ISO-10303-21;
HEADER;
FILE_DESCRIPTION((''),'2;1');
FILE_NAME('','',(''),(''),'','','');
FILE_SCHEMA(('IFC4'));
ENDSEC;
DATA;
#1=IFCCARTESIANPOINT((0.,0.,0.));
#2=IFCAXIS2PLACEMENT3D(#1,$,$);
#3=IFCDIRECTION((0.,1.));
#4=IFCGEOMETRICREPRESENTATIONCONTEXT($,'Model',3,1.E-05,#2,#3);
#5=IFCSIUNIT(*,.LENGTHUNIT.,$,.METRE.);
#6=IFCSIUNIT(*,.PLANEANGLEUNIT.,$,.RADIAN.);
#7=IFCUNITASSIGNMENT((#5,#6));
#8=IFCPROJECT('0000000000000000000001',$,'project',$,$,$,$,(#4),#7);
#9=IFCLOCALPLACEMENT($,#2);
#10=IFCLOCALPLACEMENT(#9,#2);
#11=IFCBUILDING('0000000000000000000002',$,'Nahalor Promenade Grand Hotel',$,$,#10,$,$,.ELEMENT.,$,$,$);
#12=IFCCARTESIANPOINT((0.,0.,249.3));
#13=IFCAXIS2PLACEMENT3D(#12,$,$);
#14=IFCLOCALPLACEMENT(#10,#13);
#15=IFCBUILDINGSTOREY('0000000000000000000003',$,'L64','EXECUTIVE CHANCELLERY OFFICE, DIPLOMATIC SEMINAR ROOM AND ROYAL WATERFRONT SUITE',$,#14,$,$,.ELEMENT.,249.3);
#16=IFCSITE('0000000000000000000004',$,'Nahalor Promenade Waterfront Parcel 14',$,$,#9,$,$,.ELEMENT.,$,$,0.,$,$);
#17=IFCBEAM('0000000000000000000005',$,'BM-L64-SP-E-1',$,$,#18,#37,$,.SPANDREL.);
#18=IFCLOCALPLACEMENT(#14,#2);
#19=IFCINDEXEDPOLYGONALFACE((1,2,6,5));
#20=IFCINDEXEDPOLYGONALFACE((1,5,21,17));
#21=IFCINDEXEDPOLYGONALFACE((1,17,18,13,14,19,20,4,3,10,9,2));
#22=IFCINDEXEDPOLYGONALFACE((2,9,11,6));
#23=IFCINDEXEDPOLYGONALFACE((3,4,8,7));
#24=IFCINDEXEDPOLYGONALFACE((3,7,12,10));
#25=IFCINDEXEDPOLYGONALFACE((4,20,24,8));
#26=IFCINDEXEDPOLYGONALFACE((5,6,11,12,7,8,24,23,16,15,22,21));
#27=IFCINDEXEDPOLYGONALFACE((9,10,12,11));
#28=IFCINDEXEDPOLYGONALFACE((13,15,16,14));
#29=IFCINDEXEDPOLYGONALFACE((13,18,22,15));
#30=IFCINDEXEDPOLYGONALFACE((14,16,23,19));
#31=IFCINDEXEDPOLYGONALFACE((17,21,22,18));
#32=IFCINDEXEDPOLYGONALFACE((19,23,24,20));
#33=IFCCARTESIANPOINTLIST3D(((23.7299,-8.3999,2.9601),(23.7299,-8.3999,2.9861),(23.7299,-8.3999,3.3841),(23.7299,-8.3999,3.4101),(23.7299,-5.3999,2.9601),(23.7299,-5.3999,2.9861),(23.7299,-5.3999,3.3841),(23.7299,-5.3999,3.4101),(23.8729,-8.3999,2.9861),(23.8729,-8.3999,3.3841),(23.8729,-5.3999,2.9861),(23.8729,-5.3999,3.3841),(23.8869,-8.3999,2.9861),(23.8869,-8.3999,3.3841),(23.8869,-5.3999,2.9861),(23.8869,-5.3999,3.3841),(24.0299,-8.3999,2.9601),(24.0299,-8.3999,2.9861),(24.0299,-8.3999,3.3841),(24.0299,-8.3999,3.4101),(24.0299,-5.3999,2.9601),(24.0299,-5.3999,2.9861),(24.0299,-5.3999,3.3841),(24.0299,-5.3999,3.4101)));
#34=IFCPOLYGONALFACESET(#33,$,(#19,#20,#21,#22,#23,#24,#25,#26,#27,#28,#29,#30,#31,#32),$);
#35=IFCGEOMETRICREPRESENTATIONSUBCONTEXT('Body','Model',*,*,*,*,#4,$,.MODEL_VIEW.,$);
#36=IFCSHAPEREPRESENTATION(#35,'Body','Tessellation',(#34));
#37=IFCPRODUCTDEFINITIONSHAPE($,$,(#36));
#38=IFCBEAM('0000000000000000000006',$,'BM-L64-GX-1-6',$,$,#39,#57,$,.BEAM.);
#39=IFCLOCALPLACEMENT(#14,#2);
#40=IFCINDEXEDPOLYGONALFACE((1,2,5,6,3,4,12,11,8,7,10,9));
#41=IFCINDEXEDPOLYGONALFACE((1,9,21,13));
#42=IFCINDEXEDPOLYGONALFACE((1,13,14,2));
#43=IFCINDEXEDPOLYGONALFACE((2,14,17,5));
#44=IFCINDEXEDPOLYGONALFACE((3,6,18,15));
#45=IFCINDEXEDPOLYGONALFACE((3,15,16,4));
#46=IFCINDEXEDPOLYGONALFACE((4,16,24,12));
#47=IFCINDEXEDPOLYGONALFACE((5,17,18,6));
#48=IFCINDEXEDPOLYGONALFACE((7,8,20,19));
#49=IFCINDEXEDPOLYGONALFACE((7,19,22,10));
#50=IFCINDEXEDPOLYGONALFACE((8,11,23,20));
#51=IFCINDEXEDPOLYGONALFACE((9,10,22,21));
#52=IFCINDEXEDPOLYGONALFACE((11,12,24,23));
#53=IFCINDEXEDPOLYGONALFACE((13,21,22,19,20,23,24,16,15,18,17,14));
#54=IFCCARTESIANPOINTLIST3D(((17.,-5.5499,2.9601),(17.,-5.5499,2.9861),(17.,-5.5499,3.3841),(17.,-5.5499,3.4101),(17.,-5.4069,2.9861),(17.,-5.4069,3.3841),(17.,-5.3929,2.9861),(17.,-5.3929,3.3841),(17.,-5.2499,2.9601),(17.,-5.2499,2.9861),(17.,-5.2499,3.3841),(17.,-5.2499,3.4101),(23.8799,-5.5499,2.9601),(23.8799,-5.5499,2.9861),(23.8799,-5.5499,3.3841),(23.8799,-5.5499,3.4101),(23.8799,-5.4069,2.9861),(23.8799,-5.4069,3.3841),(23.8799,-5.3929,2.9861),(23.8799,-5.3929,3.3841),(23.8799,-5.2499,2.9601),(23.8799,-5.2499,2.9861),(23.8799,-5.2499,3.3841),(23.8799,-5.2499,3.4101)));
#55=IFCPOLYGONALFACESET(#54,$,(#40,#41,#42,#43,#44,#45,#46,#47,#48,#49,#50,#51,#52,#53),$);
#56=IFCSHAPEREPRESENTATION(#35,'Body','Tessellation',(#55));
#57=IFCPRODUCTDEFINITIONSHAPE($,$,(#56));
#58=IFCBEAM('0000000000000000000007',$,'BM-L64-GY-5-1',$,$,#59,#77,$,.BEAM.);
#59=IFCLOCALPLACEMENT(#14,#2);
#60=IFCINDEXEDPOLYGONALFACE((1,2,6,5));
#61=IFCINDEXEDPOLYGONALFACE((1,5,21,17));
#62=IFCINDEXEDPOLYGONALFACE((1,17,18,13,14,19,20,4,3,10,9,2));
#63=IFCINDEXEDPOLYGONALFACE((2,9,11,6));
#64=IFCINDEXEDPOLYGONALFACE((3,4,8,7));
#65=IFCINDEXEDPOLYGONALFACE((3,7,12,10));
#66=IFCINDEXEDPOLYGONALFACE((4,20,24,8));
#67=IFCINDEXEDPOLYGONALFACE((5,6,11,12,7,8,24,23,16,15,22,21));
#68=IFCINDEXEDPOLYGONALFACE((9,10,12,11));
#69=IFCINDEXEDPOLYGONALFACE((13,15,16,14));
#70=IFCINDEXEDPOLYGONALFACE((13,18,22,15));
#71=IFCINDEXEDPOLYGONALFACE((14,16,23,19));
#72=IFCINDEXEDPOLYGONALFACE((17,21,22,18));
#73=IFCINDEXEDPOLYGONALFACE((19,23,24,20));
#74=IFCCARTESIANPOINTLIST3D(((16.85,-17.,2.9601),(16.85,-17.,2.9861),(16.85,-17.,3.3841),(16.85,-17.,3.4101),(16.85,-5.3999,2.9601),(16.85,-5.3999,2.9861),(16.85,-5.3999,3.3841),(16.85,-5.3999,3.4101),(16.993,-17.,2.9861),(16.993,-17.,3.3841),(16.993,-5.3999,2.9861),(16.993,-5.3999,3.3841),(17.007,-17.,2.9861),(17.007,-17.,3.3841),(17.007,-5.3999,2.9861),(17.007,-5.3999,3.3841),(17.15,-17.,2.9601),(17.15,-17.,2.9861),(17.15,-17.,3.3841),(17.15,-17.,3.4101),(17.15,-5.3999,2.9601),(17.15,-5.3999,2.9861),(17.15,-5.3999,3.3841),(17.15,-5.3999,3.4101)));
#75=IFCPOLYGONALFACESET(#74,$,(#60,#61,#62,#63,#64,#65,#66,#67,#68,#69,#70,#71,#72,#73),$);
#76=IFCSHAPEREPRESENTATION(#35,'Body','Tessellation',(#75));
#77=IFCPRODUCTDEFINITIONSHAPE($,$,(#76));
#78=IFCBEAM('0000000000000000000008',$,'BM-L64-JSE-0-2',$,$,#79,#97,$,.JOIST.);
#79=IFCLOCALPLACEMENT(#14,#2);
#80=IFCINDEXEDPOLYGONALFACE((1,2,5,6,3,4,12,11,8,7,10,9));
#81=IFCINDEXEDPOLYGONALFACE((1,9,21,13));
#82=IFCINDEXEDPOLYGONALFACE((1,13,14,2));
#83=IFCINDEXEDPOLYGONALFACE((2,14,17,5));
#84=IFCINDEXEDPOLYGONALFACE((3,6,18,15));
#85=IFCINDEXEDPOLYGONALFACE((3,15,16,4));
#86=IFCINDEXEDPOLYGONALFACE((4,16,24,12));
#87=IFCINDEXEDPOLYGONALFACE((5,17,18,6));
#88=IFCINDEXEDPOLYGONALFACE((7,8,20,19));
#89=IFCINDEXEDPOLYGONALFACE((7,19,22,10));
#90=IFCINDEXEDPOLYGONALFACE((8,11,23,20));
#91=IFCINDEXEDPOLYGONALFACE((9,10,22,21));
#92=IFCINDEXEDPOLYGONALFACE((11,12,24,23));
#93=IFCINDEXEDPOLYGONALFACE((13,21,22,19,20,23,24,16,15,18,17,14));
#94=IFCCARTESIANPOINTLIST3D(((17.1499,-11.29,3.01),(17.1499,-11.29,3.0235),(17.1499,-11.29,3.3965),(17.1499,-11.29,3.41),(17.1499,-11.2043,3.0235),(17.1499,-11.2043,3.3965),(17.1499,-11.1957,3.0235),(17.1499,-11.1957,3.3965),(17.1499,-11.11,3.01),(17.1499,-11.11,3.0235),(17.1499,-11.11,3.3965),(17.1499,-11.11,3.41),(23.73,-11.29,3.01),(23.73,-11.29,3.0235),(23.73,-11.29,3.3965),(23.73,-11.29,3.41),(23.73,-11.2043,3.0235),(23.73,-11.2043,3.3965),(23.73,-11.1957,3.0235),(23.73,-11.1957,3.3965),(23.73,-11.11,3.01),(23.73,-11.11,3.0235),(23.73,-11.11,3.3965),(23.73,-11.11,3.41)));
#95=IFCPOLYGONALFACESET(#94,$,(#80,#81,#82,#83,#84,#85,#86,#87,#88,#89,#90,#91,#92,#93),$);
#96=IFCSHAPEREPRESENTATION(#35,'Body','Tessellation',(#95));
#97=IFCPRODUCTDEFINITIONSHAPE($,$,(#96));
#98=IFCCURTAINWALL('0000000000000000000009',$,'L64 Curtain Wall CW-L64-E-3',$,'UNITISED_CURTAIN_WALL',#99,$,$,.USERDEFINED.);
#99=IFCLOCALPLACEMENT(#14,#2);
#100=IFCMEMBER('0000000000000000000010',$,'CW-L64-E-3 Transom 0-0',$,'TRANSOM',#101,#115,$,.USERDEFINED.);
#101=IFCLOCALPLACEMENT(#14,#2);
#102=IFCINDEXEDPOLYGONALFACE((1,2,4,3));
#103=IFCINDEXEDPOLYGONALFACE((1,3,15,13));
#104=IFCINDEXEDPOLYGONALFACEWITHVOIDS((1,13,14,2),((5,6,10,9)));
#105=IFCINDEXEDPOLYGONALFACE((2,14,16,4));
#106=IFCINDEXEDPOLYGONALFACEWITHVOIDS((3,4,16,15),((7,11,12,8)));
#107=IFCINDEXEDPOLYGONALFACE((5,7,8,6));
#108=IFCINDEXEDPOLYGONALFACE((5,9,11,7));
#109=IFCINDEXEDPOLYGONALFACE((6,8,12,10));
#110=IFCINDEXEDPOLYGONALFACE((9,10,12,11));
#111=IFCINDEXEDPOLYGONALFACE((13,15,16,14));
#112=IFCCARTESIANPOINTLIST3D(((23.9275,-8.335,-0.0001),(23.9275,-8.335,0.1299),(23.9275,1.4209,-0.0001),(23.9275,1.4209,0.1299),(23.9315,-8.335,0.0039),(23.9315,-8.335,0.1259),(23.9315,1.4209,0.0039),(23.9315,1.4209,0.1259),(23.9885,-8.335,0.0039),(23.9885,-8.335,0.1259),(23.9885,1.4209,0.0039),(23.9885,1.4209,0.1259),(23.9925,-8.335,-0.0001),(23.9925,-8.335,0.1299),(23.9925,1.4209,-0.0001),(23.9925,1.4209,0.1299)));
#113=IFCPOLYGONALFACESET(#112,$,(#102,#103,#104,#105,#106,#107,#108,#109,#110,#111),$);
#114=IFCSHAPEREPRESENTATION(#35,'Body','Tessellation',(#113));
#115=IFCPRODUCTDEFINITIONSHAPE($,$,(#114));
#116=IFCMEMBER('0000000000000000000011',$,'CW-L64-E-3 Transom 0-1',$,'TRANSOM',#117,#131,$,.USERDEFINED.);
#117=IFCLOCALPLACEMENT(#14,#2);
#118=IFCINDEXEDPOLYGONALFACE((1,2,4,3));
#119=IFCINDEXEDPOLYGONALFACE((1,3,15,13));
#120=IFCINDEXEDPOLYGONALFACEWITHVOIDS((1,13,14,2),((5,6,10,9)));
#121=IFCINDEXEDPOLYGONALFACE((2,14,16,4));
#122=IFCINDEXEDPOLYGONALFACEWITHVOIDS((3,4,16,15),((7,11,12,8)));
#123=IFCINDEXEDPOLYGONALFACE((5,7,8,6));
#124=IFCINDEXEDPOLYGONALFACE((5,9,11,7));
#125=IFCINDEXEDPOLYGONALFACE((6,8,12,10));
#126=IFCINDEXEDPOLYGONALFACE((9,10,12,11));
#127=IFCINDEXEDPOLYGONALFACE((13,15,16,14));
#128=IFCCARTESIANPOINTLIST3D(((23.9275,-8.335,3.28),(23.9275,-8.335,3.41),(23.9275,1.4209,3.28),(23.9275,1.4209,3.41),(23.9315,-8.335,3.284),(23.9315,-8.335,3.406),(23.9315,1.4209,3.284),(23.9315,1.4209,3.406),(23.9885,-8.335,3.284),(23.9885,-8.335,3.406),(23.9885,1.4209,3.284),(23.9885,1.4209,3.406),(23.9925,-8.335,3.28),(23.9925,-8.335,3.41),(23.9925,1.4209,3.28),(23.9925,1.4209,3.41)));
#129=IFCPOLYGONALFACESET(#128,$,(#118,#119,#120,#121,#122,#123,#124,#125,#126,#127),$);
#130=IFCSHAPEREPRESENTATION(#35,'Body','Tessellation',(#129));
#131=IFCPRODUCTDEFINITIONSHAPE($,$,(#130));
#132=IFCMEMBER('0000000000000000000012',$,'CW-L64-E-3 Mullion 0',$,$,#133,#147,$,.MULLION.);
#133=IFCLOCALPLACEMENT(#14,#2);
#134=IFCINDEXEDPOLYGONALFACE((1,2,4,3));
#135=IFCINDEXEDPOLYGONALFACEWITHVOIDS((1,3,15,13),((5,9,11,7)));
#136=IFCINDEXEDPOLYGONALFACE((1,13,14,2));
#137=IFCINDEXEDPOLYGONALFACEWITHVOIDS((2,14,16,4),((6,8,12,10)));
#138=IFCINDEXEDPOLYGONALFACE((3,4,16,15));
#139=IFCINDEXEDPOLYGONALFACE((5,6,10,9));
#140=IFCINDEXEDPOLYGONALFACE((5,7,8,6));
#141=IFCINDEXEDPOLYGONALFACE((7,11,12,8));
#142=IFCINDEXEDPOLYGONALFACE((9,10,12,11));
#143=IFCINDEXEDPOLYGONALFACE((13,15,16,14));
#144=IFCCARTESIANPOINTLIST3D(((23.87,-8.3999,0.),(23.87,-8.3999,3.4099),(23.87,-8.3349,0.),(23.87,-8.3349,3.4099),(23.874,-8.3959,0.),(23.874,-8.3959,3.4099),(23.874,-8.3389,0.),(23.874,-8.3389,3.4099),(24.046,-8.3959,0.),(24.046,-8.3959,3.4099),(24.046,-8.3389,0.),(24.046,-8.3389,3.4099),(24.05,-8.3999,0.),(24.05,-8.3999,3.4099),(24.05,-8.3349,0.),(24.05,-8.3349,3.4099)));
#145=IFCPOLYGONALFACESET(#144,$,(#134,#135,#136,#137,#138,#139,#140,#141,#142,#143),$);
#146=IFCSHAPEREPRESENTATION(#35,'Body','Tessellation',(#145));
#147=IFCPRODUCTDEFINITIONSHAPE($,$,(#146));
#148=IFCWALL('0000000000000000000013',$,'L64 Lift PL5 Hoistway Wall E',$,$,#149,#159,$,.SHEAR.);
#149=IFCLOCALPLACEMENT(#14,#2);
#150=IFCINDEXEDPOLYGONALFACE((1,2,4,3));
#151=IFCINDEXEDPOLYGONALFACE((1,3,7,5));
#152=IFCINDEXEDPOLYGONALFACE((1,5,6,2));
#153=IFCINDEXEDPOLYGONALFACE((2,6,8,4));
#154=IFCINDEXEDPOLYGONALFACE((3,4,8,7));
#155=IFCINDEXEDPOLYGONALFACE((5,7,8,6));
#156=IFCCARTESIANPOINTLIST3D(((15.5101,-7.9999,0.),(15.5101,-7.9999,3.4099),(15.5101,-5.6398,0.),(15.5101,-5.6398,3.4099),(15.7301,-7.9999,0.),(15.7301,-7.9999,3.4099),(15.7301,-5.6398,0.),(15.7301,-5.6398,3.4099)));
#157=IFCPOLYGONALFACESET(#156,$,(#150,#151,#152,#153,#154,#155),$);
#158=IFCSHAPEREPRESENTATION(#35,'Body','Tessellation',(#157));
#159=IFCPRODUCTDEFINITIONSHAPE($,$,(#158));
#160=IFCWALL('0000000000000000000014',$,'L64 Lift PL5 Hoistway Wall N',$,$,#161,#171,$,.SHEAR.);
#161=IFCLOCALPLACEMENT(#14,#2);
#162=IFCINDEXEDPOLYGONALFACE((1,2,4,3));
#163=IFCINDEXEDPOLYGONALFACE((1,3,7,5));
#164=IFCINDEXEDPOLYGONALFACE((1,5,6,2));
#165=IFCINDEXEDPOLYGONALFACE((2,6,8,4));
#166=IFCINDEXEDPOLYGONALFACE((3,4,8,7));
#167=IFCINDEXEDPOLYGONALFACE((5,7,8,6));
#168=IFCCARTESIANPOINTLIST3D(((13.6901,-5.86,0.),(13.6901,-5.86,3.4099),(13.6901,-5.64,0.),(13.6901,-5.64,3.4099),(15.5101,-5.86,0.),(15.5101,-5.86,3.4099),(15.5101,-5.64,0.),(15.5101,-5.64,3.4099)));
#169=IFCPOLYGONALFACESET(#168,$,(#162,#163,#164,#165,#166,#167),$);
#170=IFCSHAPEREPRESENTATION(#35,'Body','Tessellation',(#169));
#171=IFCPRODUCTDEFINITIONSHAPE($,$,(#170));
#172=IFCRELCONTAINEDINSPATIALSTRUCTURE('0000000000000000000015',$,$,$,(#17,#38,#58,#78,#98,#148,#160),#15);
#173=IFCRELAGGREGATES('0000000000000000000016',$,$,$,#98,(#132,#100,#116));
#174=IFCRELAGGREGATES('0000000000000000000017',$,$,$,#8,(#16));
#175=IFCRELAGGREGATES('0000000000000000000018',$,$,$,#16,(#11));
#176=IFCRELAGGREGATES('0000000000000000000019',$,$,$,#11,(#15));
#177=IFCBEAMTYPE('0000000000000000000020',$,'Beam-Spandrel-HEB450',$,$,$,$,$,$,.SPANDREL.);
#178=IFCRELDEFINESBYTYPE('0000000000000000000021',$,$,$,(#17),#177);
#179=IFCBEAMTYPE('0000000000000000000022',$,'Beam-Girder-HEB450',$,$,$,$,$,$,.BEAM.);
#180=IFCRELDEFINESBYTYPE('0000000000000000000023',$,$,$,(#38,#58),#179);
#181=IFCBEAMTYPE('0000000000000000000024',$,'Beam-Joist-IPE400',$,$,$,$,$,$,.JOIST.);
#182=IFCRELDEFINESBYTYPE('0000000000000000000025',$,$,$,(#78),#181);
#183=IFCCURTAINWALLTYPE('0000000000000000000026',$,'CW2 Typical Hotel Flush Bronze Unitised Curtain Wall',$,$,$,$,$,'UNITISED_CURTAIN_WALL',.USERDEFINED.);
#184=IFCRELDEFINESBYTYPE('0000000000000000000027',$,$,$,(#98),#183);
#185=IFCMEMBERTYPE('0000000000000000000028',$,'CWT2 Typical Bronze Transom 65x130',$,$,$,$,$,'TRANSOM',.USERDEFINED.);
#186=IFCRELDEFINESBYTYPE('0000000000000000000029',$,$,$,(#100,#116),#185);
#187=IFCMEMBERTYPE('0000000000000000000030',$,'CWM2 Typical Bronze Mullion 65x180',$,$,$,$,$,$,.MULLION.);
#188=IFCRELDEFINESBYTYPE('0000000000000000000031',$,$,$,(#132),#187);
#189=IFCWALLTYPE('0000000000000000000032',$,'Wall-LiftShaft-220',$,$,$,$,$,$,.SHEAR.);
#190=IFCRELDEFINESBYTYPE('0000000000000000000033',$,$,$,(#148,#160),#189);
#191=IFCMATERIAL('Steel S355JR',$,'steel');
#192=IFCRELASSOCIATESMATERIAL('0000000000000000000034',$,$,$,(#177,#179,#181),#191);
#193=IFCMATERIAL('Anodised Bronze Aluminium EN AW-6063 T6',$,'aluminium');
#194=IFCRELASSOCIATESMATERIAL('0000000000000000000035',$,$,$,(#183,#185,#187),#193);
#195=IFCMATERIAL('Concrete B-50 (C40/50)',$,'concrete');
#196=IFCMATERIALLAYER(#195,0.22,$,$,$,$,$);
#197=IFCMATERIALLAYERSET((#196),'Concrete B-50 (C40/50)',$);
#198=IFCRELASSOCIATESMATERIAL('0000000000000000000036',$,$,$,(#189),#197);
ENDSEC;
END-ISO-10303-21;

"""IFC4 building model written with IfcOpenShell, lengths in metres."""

from ifc_helpers import new_model, si_unit, direction, frame, frame_2d, origin, origin_2d, place, context, subcontext, project, spatial, rectangle, hollow_rectangle, i_section, extrude, source, transform, mapped, material, layer, layer_set, material_profile, profile_set, type_object, element, aggregate, save


model = new_model("IFC4")

# Units and contexts
model_context = context("Model", 3, precision=1e-05, world=origin(), true_north=direction((0.0, 1.0)))
body_context = subcontext(model_context, "Body", "Model", "MODEL_VIEW")
ifc_project = project(units=[si_unit("LENGTHUNIT", "METRE"), si_unit("PLANEANGLEUNIT", "RADIAN")], contexts=[model_context])

# Site, building, storey
site_placement = place(None, origin())
site = spatial("IfcSite", under=ifc_project, at=site_placement, Name="Nahalor Promenade Waterfront Parcel 14", CompositionType="ELEMENT", RefElevation=0.0)
building_placement = place(site_placement, origin())
building = spatial("IfcBuilding", under=site, at=building_placement, Name="Nahalor Promenade Grand Hotel", CompositionType="ELEMENT")
storey_placement = place(building_placement, frame((0.0, 0.0, 249.3)))
storey = spatial("IfcBuildingStorey", under=building, at=storey_placement, Name="L64", Description="EXECUTIVE CHANCELLERY OFFICE, DIPLOMATIC SEMINAR ROOM AND ROYAL WATERFRONT SUITE", CompositionType="ELEMENT", Elevation=249.3)

# Shared definitions
ifc_material_1 = material(Name="Steel S355JR", Category="steel")

# Beams
ifc_material_profile_1 = material_profile(ifc_material_1, i_section(OverallWidth=0.3, OverallDepth=0.45, WebThickness=0.014, FlangeThickness=0.026, at=origin_2d()), Name="HEB 450")
ifc_profile_set_1 = profile_set([ifc_material_profile_1], Name="Steel S355JR")
beam_type_1 = type_object("IfcBeamType", Name="Beam-Spandrel-HEB450", PredefinedType="SPANDREL", material=ifc_profile_set_1)
shared_shape_1 = source(origin(), body_context, "Body", "SweptSolid", [
    extrude(i_section(OverallWidth=0.3, OverallDepth=0.45, WebThickness=0.014, FlangeThickness=0.026, at=origin_2d()), origin(), (0.0, 0.0, 1.0), 3.0),
])
beam_1_placement = place(storey_placement, frame((23.8799, -8.3999, 3.1851), z_axis=(0.0, 1.0, 0.0), x_axis=(-1.0, 0.0, 0.0)))
element("IfcBeam", 1, at=beam_1_placement, inside=storey, type_object=beam_type_1, Name="BM-L64-SP-E-1", PredefinedType="SPANDREL", context=body_context, shape_type="MappedRepresentation", body=[
    mapped(shared_shape_1, transform((0.0, 0.0, 0.0), scale=1.0)),
])
ifc_material_profile_2 = material_profile(ifc_material_1, i_section(OverallWidth=0.3, OverallDepth=0.45, WebThickness=0.014, FlangeThickness=0.026, at=origin_2d()), Name="HEB 450")
ifc_profile_set_2 = profile_set([ifc_material_profile_2], Name="Steel S355JR")
beam_type_2 = type_object("IfcBeamType", Name="Beam-Girder-HEB450", PredefinedType="BEAM", material=ifc_profile_set_2)
shared_shape_2 = source(origin(), body_context, "Body", "SweptSolid", [
    extrude(i_section(OverallWidth=0.3, OverallDepth=0.45, WebThickness=0.014, FlangeThickness=0.026, at=origin_2d()), origin(), (0.0, 0.0, 1.0), 6.8799),
])
beam_2_placement = place(storey_placement, frame((17.0, -5.3999, 3.1851), z_axis=(1.0, 0.0, 0.0), x_axis=(0.0, 1.0, 0.0)))
element("IfcBeam", 2, at=beam_2_placement, inside=storey, type_object=beam_type_2, Name="BM-L64-GX-1-6", PredefinedType="BEAM", context=body_context, shape_type="MappedRepresentation", body=[
    mapped(shared_shape_2, transform((0.0, 0.0, 0.0), scale=1.0)),
])
shared_shape_3 = source(origin(), body_context, "Body", "SweptSolid", [
    extrude(i_section(OverallWidth=0.3, OverallDepth=0.45, WebThickness=0.014, FlangeThickness=0.026, at=origin_2d()), origin(), (0.0, 0.0, 1.0), 11.6001),
])
beam_3_placement = place(storey_placement, frame((17.0, -17.0, 3.1851), z_axis=(0.0, 1.0, 0.0), x_axis=(-1.0, 0.0, 0.0)))
element("IfcBeam", 3, at=beam_3_placement, inside=storey, type_object=beam_type_2, Name="BM-L64-GY-5-1", PredefinedType="BEAM", context=body_context, shape_type="MappedRepresentation", body=[
    mapped(shared_shape_3, transform((0.0, 0.0, 0.0), scale=1.0)),
])
ifc_material_profile_3 = material_profile(ifc_material_1, i_section(OverallWidth=0.18, OverallDepth=0.4, WebThickness=0.0086, FlangeThickness=0.0135, at=origin_2d()), Name="IPE 400")
ifc_profile_set_3 = profile_set([ifc_material_profile_3], Name="Steel S355JR")
beam_type_3 = type_object("IfcBeamType", Name="Beam-Joist-IPE400", PredefinedType="JOIST", material=ifc_profile_set_3)
shared_shape_4 = source(origin(), body_context, "Body", "SweptSolid", [
    extrude(i_section(OverallWidth=0.18, OverallDepth=0.4, WebThickness=0.0086, FlangeThickness=0.0135, at=origin_2d()), origin(), (0.0, 0.0, 1.0), 6.5801),
])
beam_4_placement = place(storey_placement, frame((17.1499, -11.2, 3.21), z_axis=(1.0, 0.0, 0.0), x_axis=(0.0, 1.0, 0.0)))
element("IfcBeam", 4, at=beam_4_placement, inside=storey, type_object=beam_type_3, Name="BM-L64-JSE-0-2", PredefinedType="JOIST", context=body_context, shape_type="MappedRepresentation", body=[
    mapped(shared_shape_4, transform((0.0, 0.0, 0.0), scale=1.0)),
])

# Curtain wall, members
ifc_material_2 = material(Name="Anodised Bronze Aluminium EN AW-6063 T6", Category="aluminium")
curtain_wall_type = type_object("IfcCurtainWallType", Name="CW2 Typical Hotel Flush Bronze Unitised Curtain Wall", ElementType="UNITISED_CURTAIN_WALL", PredefinedType="USERDEFINED", material=ifc_material_2)
curtain_wall_placement = place(storey_placement, origin())
curtain_wall = element("IfcCurtainWall", 5, at=curtain_wall_placement, inside=storey, type_object=curtain_wall_type, Name="L64 Curtain Wall CW-L64-E-3", ObjectType="UNITISED_CURTAIN_WALL", PredefinedType="USERDEFINED")
ifc_material_profile_4 = material_profile(ifc_material_2, hollow_rectangle(XDim=0.065, YDim=0.13, WallThickness=0.004, at=origin_2d()), Name="CWT 65x130x4")
ifc_profile_set_4 = profile_set([ifc_material_profile_4], Name="Anodised Bronze Aluminium EN AW-6063 T6")
member_type_1 = type_object("IfcMemberType", Name="CWT2 Typical Bronze Transom 65x130", ElementType="TRANSOM", PredefinedType="USERDEFINED", material=ifc_profile_set_4)
shared_shape_5 = source(origin(), body_context, "Body", "SweptSolid", [
    extrude(hollow_rectangle(XDim=0.065, YDim=0.13, WallThickness=0.004, at=origin_2d()), origin(), (0.0, 0.0, 1.0), 9.7559),
])
member_1_placement = place(storey_placement, frame((23.96, -8.335, 0.0649), z_axis=(0.0, 1.0, 0.0), x_axis=(-1.0, 0.0, 0.0)))
member_1 = element("IfcMember", 6, at=member_1_placement, type_object=member_type_1, Name="CW-L64-E-3 Transom 0-0", ObjectType="TRANSOM", PredefinedType="USERDEFINED", context=body_context, shape_type="MappedRepresentation", body=[
    mapped(shared_shape_5, transform((0.0, 0.0, 0.0), scale=1.0)),
])
member_2_placement = place(storey_placement, frame((23.96, -8.335, 3.345), z_axis=(0.0, 1.0, 0.0), x_axis=(-1.0, 0.0, 0.0)))
member_2 = element("IfcMember", 7, at=member_2_placement, type_object=member_type_1, Name="CW-L64-E-3 Transom 0-1", ObjectType="TRANSOM", PredefinedType="USERDEFINED", context=body_context, shape_type="MappedRepresentation", body=[
    mapped(shared_shape_5, transform((0.0, 0.0, 0.0), scale=1.0)),
])
ifc_material_profile_5 = material_profile(ifc_material_2, hollow_rectangle(XDim=0.065, YDim=0.18, WallThickness=0.004, at=origin_2d()), Name="CWM 65x180x4")
ifc_profile_set_5 = profile_set([ifc_material_profile_5], Name="Anodised Bronze Aluminium EN AW-6063 T6")
member_type_2 = type_object("IfcMemberType", Name="CWM2 Typical Bronze Mullion 65x180", PredefinedType="MULLION", material=ifc_profile_set_5)
shared_shape_6 = source(origin(), body_context, "Body", "SweptSolid", [
    extrude(hollow_rectangle(XDim=0.065, YDim=0.18, WallThickness=0.004, at=origin_2d()), origin(), (0.0, 0.0, 1.0), 3.4099),
])
member_3_placement = place(storey_placement, frame((23.96, -8.3674, 0.0), z_axis=(0.0, 0.0, 1.0), x_axis=(0.0, 1.0, 0.0)))
member_3 = element("IfcMember", 8, at=member_3_placement, type_object=member_type_2, Name="CW-L64-E-3 Mullion 0", PredefinedType="MULLION", context=body_context, shape_type="MappedRepresentation", body=[
    mapped(shared_shape_6, transform((0.0, 0.0, 0.0), scale=1.0)),
])
aggregate(curtain_wall, [member_3, member_1, member_2])

# Walls
ifc_material_3 = material(Name="Concrete B-50 (C40/50)", Category="concrete")
ifc_layer_1 = layer(ifc_material_3, 0.22)
ifc_layer_set_1 = layer_set([ifc_layer_1], Name="Concrete B-50 (C40/50)")
wall_type_1 = type_object("IfcWallType", Name="Wall-LiftShaft-220", PredefinedType="SHEAR", material=ifc_layer_set_1)
shared_shape_7 = source(origin(), body_context, "Body", "SweptSolid", [
    extrude(rectangle(XDim=2.3601, YDim=0.22, at=frame_2d((1.1802, 0.0))), origin(), (0.0, 0.0, 1.0), 3.4099),
])
wall_1_placement = place(storey_placement, frame((15.6201, -8.0, 0.0), z_axis=(0.0, 0.0, 1.0), x_axis=(0.0, 1.0, 0.0)))
element("IfcWall", 9, at=wall_1_placement, inside=storey, type_object=wall_type_1, Name="L64 Lift PL5 Hoistway Wall E", PredefinedType="SHEAR", context=body_context, shape_type="MappedRepresentation", body=[
    mapped(shared_shape_7, transform((0.0, 0.0, 0.0), scale=1.0)),
])
shared_shape_8 = source(origin(), body_context, "Body", "SweptSolid", [
    extrude(rectangle(XDim=1.8201, YDim=0.22, at=frame_2d((0.9102, 0.0))), origin(), (0.0, 0.0, 1.0), 3.4099),
])
wall_2_placement = place(storey_placement, frame((13.6899, -5.75, 0.0), z_axis=(0.0, 0.0, 1.0), x_axis=(1.0, 0.0, 0.0)))
element("IfcWall", 10, at=wall_2_placement, inside=storey, type_object=wall_type_1, Name="L64 Lift PL5 Hoistway Wall N", PredefinedType="SHEAR", context=body_context, shape_type="MappedRepresentation", body=[
    mapped(shared_shape_8, transform((0.0, 0.0, 0.0), scale=1.0)),
])

save(model, "model.ifc")
